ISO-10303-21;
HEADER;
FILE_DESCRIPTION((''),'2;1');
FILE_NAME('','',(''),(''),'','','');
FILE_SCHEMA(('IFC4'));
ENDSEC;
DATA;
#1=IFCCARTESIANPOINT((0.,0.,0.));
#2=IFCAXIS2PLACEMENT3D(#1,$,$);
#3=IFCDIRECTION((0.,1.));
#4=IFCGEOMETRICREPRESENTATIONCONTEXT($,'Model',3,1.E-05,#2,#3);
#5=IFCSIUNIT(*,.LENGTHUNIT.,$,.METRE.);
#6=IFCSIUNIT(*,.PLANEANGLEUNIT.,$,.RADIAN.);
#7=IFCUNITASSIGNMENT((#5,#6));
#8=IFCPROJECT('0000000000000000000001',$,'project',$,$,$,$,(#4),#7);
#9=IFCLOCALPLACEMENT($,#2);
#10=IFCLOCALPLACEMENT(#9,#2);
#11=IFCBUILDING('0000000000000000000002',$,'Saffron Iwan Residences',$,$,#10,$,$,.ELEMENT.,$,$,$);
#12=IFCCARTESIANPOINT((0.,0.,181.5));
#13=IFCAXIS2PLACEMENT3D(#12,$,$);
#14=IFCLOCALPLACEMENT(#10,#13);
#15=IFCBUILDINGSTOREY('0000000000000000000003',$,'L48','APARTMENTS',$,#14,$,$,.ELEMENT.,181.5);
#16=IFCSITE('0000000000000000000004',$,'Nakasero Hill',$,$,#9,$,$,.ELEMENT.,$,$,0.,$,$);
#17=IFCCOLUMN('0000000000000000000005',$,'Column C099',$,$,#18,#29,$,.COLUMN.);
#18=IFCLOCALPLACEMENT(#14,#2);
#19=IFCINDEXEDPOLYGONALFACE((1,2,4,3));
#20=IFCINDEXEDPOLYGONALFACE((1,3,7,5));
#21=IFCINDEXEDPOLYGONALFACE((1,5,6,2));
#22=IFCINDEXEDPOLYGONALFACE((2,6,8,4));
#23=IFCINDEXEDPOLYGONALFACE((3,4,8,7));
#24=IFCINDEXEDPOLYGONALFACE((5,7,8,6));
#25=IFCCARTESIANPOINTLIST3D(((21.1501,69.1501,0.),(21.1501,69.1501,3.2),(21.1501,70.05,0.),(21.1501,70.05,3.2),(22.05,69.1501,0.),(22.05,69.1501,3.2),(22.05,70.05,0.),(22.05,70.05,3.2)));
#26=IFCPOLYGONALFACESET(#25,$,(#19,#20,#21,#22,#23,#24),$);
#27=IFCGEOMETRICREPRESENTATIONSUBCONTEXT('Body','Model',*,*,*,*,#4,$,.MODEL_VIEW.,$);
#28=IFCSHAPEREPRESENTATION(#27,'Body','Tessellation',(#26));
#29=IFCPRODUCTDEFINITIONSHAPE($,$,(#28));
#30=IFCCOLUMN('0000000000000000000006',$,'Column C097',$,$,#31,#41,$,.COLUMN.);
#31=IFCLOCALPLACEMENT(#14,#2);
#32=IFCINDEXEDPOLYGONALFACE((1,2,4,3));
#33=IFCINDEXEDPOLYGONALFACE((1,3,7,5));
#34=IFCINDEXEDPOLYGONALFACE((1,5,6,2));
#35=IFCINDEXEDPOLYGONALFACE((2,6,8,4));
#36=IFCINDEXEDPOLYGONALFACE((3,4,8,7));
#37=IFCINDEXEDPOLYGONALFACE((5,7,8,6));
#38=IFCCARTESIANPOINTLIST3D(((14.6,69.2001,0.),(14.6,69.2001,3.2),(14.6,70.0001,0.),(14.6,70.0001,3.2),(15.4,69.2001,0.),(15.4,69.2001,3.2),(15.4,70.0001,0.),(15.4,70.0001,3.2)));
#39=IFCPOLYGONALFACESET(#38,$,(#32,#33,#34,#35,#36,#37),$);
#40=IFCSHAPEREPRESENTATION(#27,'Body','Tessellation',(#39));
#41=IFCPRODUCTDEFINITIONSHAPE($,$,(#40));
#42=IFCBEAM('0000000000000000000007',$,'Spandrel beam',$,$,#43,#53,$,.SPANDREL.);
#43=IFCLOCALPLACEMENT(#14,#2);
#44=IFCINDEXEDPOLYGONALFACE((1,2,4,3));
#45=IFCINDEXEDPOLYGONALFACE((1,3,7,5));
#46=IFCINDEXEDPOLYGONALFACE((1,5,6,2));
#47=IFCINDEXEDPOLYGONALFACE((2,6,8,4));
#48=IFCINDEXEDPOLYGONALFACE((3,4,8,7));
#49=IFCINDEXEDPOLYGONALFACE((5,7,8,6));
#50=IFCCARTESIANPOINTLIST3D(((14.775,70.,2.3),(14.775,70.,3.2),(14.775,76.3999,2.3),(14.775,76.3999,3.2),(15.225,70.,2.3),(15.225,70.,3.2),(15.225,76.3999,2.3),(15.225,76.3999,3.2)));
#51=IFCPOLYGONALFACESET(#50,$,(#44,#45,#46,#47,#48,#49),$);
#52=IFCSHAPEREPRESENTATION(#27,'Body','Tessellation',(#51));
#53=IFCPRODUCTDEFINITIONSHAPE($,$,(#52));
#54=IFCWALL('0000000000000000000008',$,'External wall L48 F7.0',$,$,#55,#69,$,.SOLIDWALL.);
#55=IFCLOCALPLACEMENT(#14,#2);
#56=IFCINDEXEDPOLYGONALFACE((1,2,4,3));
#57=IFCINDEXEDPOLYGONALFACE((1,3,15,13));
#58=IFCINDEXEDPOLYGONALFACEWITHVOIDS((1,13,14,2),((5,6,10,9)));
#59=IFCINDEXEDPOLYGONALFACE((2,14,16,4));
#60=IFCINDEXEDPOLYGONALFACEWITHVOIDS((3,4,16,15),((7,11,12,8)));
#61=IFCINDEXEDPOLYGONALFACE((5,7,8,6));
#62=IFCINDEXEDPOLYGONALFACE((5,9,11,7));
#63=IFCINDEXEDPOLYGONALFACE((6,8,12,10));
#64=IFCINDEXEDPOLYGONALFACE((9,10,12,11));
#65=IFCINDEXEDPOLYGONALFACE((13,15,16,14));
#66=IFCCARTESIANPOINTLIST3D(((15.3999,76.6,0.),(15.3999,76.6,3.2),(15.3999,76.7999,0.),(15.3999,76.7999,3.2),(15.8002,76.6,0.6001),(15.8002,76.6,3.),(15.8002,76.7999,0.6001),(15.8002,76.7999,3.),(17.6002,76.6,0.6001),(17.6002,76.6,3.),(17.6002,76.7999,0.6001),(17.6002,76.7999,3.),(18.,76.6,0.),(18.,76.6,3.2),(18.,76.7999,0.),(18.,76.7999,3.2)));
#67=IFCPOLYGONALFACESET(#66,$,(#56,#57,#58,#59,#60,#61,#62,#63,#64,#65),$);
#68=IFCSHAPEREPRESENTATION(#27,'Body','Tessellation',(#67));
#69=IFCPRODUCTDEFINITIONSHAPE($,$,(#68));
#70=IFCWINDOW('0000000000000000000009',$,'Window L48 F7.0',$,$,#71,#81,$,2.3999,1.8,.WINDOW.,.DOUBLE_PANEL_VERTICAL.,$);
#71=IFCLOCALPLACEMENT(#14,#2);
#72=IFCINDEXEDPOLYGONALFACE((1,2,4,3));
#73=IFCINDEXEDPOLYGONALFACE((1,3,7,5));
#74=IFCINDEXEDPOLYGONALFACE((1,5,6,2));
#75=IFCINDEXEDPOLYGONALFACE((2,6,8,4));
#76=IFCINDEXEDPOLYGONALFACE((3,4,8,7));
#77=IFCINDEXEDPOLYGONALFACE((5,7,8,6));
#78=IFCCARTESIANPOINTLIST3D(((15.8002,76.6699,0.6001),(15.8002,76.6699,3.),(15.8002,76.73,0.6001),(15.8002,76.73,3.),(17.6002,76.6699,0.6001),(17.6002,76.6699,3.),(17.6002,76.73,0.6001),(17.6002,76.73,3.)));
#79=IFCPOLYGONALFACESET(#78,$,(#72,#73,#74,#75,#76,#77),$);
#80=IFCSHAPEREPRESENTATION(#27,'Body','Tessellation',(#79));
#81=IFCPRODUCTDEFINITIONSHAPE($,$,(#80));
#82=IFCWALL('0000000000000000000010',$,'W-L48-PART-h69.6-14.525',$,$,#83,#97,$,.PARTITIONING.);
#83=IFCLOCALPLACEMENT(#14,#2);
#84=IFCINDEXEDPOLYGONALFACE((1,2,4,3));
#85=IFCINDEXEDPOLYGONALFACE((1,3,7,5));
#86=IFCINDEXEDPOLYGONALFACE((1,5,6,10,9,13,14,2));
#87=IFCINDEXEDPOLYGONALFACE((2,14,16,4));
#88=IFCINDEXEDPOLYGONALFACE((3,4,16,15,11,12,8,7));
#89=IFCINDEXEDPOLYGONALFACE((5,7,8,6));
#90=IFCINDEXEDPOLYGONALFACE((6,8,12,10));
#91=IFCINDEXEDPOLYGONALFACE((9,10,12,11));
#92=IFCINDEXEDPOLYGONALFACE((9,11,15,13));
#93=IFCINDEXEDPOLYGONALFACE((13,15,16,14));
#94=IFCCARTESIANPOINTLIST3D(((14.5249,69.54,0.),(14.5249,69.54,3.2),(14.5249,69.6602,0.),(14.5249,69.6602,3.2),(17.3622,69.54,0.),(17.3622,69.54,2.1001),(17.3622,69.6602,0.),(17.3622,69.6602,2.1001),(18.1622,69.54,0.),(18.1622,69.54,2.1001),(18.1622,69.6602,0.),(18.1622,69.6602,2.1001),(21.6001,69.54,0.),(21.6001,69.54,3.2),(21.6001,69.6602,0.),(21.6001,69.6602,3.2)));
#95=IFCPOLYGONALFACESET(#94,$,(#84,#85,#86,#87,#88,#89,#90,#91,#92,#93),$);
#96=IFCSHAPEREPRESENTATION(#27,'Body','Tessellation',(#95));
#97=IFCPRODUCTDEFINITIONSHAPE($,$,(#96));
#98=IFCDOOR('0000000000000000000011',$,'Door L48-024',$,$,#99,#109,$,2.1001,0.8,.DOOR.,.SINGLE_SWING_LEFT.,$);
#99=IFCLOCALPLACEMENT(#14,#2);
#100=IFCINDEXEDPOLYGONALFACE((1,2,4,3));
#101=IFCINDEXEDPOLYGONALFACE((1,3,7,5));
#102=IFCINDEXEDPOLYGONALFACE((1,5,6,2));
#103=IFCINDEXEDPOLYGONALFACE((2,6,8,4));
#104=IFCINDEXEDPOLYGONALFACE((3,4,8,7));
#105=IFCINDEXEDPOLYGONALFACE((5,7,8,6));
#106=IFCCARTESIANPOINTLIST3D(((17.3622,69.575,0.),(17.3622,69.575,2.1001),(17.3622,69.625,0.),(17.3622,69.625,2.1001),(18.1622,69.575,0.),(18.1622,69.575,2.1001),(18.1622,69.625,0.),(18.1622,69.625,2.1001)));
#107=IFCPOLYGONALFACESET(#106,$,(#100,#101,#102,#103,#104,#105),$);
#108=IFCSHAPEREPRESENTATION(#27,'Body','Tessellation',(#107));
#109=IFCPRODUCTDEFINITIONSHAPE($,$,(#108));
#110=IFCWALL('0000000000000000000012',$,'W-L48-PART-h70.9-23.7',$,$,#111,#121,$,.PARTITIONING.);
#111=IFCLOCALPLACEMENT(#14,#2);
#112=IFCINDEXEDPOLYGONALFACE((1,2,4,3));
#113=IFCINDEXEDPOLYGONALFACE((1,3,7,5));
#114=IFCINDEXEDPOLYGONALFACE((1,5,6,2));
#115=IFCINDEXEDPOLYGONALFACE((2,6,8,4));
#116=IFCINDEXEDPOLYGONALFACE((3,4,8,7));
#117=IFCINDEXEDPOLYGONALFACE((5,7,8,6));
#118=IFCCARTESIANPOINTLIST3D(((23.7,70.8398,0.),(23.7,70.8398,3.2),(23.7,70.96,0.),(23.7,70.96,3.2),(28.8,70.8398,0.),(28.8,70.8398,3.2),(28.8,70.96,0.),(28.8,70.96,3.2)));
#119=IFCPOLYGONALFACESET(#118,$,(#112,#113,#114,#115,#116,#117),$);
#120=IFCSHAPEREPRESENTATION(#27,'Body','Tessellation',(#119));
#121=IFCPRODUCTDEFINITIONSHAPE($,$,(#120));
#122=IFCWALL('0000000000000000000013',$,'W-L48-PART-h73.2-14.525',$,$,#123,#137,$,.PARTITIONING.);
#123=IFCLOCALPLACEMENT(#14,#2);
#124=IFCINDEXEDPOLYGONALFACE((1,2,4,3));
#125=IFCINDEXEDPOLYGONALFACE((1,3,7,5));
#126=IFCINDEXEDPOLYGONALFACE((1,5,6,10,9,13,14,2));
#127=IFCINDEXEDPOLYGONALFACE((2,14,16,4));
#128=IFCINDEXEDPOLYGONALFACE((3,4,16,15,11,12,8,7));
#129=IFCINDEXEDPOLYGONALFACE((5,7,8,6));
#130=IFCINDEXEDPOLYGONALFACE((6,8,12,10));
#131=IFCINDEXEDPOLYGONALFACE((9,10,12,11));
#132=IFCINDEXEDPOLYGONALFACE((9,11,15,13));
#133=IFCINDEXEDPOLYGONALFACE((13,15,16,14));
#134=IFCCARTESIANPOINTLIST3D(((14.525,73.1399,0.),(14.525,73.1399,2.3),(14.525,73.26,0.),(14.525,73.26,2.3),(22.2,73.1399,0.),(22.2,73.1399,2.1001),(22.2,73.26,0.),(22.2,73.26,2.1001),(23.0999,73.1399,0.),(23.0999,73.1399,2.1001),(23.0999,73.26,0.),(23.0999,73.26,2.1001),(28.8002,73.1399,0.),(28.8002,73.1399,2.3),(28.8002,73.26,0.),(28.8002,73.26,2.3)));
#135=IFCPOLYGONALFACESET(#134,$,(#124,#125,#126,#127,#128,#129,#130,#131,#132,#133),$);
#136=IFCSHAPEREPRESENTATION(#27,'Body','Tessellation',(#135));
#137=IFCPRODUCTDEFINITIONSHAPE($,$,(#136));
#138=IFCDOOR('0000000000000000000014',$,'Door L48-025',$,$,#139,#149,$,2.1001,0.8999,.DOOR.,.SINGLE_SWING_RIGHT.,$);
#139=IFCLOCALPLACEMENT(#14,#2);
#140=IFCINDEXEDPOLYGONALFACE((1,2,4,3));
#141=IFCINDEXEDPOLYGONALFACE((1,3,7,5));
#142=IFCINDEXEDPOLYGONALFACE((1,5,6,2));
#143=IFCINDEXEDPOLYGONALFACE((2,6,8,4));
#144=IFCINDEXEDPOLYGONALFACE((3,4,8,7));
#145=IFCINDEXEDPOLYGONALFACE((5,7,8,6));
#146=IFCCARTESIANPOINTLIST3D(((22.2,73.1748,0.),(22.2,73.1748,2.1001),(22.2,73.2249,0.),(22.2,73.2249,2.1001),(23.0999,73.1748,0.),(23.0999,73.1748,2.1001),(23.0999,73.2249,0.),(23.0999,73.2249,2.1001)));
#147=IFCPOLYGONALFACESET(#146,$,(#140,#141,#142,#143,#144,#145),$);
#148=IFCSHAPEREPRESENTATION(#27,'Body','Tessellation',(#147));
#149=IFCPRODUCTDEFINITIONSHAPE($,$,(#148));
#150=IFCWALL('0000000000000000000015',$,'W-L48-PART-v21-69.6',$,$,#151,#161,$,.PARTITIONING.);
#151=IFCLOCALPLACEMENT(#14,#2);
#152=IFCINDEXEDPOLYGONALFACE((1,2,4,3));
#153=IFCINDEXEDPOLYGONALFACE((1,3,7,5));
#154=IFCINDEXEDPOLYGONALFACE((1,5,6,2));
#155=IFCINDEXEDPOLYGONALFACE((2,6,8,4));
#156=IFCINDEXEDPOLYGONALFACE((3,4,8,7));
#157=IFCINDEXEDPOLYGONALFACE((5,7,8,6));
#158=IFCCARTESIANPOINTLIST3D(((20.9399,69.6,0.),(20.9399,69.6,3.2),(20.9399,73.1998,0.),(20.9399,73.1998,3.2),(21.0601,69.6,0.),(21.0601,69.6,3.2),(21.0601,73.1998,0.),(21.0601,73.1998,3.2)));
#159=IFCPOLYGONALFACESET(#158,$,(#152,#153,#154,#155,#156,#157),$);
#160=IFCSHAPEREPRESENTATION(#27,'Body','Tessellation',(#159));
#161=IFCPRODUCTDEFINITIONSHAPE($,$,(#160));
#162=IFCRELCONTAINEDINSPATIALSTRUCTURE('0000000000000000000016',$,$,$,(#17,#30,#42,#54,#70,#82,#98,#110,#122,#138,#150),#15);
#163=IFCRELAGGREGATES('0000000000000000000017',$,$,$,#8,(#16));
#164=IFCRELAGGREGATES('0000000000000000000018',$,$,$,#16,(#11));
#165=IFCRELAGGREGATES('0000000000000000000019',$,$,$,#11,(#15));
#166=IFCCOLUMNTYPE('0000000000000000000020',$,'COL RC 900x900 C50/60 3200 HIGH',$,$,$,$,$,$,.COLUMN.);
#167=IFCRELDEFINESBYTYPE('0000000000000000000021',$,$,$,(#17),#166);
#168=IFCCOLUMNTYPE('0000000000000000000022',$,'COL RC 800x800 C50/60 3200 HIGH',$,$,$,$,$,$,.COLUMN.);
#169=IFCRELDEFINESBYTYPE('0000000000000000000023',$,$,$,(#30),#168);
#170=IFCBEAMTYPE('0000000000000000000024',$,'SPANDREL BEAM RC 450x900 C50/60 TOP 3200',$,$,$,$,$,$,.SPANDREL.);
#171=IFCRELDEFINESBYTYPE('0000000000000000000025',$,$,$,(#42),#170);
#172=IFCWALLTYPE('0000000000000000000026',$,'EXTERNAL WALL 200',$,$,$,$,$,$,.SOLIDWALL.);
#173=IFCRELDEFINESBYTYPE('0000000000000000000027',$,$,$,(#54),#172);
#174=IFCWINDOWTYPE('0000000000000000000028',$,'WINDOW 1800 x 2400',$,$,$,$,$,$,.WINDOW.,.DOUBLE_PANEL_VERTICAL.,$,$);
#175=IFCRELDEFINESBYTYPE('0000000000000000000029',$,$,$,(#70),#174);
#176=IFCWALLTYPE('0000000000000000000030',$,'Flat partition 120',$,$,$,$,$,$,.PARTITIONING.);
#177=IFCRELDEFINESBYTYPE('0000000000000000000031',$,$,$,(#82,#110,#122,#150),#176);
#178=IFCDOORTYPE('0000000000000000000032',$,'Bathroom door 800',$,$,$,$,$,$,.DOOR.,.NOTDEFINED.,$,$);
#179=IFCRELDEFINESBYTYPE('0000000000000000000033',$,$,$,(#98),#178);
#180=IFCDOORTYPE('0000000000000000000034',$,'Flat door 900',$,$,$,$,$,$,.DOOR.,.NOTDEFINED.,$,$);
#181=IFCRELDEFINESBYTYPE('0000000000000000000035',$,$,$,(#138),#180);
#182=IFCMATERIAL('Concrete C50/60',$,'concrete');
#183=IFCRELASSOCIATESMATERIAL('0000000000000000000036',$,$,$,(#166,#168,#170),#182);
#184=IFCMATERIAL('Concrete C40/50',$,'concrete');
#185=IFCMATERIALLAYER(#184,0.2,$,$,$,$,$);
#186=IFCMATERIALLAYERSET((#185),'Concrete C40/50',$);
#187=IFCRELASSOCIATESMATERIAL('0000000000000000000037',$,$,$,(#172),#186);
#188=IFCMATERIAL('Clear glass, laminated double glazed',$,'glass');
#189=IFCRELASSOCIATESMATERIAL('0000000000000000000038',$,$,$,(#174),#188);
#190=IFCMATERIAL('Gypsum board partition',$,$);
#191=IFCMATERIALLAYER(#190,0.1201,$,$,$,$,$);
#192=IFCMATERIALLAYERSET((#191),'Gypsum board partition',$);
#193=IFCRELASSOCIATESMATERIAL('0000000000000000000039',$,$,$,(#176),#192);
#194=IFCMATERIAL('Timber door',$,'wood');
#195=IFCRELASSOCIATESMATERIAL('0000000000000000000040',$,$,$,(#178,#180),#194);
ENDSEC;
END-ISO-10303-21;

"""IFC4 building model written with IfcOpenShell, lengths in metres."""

from ifc_helpers import new_model, si_unit, direction, frame, frame_2d, origin, origin_2d, place, context, subcontext, project, spatial, rectangle, extrude, source, transform, mapped, material, layer, layer_set, material_profile, profile_set, type_object, element, fill, save


model = new_model("IFC4")

# Units and contexts
model_context = context("Model", 3, precision=1e-05, world=origin(), true_north=direction((0.0, 1.0)))
body_context = subcontext(model_context, "Body", "Model", "MODEL_VIEW")
ifc_project = project(units=[si_unit("LENGTHUNIT", "METRE"), si_unit("PLANEANGLEUNIT", "RADIAN")], contexts=[model_context])

# Site, building, storey
site_placement = place(None, origin())
site = spatial("IfcSite", under=ifc_project, at=site_placement, Name="Nakasero Hill", CompositionType="ELEMENT", RefElevation=0.0)
building_placement = place(site_placement, origin())
building = spatial("IfcBuilding", under=site, at=building_placement, Name="Saffron Iwan Residences", CompositionType="ELEMENT")
storey_placement = place(building_placement, frame((0.0, 0.0, 181.5)))
storey = spatial("IfcBuildingStorey", under=building, at=storey_placement, Name="L48", Description="APARTMENTS", CompositionType="ELEMENT", Elevation=181.5)

# Columns
ifc_material_1 = material(Name="Concrete C50/60", Category="concrete")
ifc_material_profile_1 = material_profile(ifc_material_1, rectangle(XDim=0.8999, YDim=0.8999, at=origin_2d()), Name="RC 900x900")
ifc_profile_set_1 = profile_set([ifc_material_profile_1], Name="Concrete C50/60")
column_type_1 = type_object("IfcColumnType", Name="COL RC 900x900 C50/60 3200 HIGH", PredefinedType="COLUMN", material=ifc_profile_set_1)
shared_shape_1 = source(origin(), body_context, "Body", "SweptSolid", [
    extrude(rectangle(XDim=0.8999, YDim=0.8999, at=origin_2d()), origin(), (0.0, 0.0, 1.0), 3.2),
])
column_1_placement = place(storey_placement, frame((21.6001, 69.6001, 0.0), z_axis=(0.0, 0.0, 1.0), x_axis=(1.0, 0.0, 0.0)))
element("IfcColumn", 1, at=column_1_placement, inside=storey, type_object=column_type_1, Name="Column C099", PredefinedType="COLUMN", context=body_context, shape_type="MappedRepresentation", body=[
    mapped(shared_shape_1, transform((0.0, 0.0, 0.0))),
])
ifc_material_profile_2 = material_profile(ifc_material_1, rectangle(XDim=0.8, YDim=0.8, at=origin_2d()), Name="RC 800x800")
ifc_profile_set_2 = profile_set([ifc_material_profile_2], Name="Concrete C50/60")
column_type_2 = type_object("IfcColumnType", Name="COL RC 800x800 C50/60 3200 HIGH", PredefinedType="COLUMN", material=ifc_profile_set_2)
shared_shape_2 = source(origin(), body_context, "Body", "SweptSolid", [
    extrude(rectangle(XDim=0.8, YDim=0.8, at=origin_2d()), origin(), (0.0, 0.0, 1.0), 3.2),
])
column_2_placement = place(storey_placement, frame((15.0, 69.6001, 0.0), z_axis=(0.0, 0.0, 1.0), x_axis=(1.0, 0.0, 0.0)))
element("IfcColumn", 2, at=column_2_placement, inside=storey, type_object=column_type_2, Name="Column C097", PredefinedType="COLUMN", context=body_context, shape_type="MappedRepresentation", body=[
    mapped(shared_shape_2, transform((0.0, 0.0, 0.0))),
])

# Beam
ifc_material_profile_3 = material_profile(ifc_material_1, rectangle(XDim=0.45, YDim=0.8999, at=origin_2d()), Name="RC 450x900")
ifc_profile_set_3 = profile_set([ifc_material_profile_3], Name="Concrete C50/60")
beam_type = type_object("IfcBeamType", Name="SPANDREL BEAM RC 450x900 C50/60 TOP 3200", PredefinedType="SPANDREL", material=ifc_profile_set_3)
shared_shape_3 = source(origin(), body_context, "Body", "SweptSolid", [
    extrude(rectangle(XDim=0.45, YDim=0.8999, at=origin_2d()), origin(), (0.0, 0.0, 1.0), 6.3999),
])
beam_placement = place(storey_placement, frame((15.0, 70.0, 2.75), z_axis=(0.0, 1.0, 0.0), x_axis=(-1.0, 0.0, 0.0)))
element("IfcBeam", 3, at=beam_placement, inside=storey, type_object=beam_type, Name="Spandrel beam", PredefinedType="SPANDREL", context=body_context, shape_type="MappedRepresentation", body=[
    mapped(shared_shape_3, transform((0.0, 0.0, 0.0))),
])

# Wall, opening, window
ifc_material_2 = material(Name="Concrete C40/50", Category="concrete")
ifc_layer_1 = layer(ifc_material_2, 0.2)
ifc_layer_set_1 = layer_set([ifc_layer_1], Name="Concrete C40/50")
wall_type_1 = type_object("IfcWallType", Name="EXTERNAL WALL 200", PredefinedType="SOLIDWALL", material=ifc_layer_set_1)
wall_1_placement = place(storey_placement, frame((18.0, 76.7, 0.0), z_axis=(0.0, 0.0, 1.0), x_axis=(-1.0, 0.0, 0.0)))
wall_1 = element("IfcWall", 4, at=wall_1_placement, inside=storey, type_object=wall_type_1, Name="External wall L48 F7.0", PredefinedType="SOLIDWALL", context=body_context, shape_type="SweptSolid", body=[
    extrude(rectangle(XDim=2.6001, YDim=0.2, at=frame_2d((1.3, 0.0))), origin(), (0.0, 0.0, 1.0), 3.2),
])
opening_1_placement = place(wall_1_placement, frame((0.3999, 0.0, 0.6001)))
opening_1 = element("IfcOpeningElement", 5, at=opening_1_placement, cuts=wall_1, PredefinedType="OPENING", context=body_context, shape_type="SweptSolid", body=[
    extrude(rectangle(XDim=1.8, YDim=2.3999, at=frame_2d((0.8999, 1.2))), frame((0.0, 0.1099, 0.0), z_axis=(0.0, -1.0, 0.0), x_axis=(1.0, 0.0, 0.0)), (0.0, 0.0, 1.0), 0.22),
])
ifc_material_3 = material(Name="Clear glass, laminated double glazed", Category="glass")
window_type_1 = type_object("IfcWindowType", Name="WINDOW 1800 x 2400", PartitioningType="DOUBLE_PANEL_VERTICAL", PredefinedType="WINDOW", material=ifc_material_3)
window_1_placement = place(opening_1_placement, origin())
window_1 = element("IfcWindow", 6, at=window_1_placement, inside=storey, type_object=window_type_1, Name="Window L48 F7.0", OverallHeight=2.3999, OverallWidth=1.8, PartitioningType="DOUBLE_PANEL_VERTICAL", PredefinedType="WINDOW", context=body_context, shape_type="SweptSolid", body=[
    extrude(rectangle(XDim=1.8, YDim=2.3999, at=frame_2d((0.8999, 1.2))), frame((0.0, 0.03, 0.0), z_axis=(0.0, -1.0, 0.0), x_axis=(1.0, 0.0, 0.0)), (0.0, 0.0, 1.0), 0.0601),
])
fill(opening_1, window_1)

# Wall, opening, door
ifc_material_4 = material(Name="Gypsum board partition")
ifc_layer_2 = layer(ifc_material_4, 0.1201)
ifc_layer_set_2 = layer_set([ifc_layer_2], Name="Gypsum board partition")
wall_type_2 = type_object("IfcWallType", Name="Flat partition 120", PredefinedType="PARTITIONING", material=ifc_layer_set_2)
wall_2_placement = place(storey_placement, frame((14.5249, 69.6001, 0.0), z_axis=(0.0, 0.0, 1.0), x_axis=(1.0, 0.0, 0.0)))
wall_2 = element("IfcWall", 7, at=wall_2_placement, inside=storey, type_object=wall_type_2, Name="W-L48-PART-h69.6-14.525", PredefinedType="PARTITIONING", context=body_context, shape_type="SweptSolid", body=[
    extrude(rectangle(XDim=7.0752, YDim=0.1201, at=frame_2d((3.5376, 0.0))), origin(), (0.0, 0.0, 1.0), 3.2),
])
opening_2_placement = place(wall_2_placement, frame((2.8374, 0.0, 0.0)))
opening_2 = element("IfcOpeningElement", 8, at=opening_2_placement, cuts=wall_2, PredefinedType="OPENING", context=body_context, shape_type="SweptSolid", body=[
    extrude(rectangle(XDim=0.8, YDim=2.1001, at=frame_2d((0.3999, 1.05))), frame((0.0, 0.0701, 0.0), z_axis=(0.0, -1.0, 0.0), x_axis=(1.0, 0.0, 0.0)), (0.0, 0.0, 1.0), 0.1401),
])
ifc_material_5 = material(Name="Timber door", Category="wood")
door_type_1 = type_object("IfcDoorType", Name="Bathroom door 800", OperationType="NOTDEFINED", PredefinedType="DOOR", material=ifc_material_5)
door_1_placement = place(opening_2_placement, origin())
door_1 = element("IfcDoor", 9, at=door_1_placement, inside=storey, type_object=door_type_1, Name="Door L48-024", OperationType="SINGLE_SWING_LEFT", OverallHeight=2.1001, OverallWidth=0.8, PredefinedType="DOOR", context=body_context, shape_type="SweptSolid", body=[
    extrude(rectangle(XDim=0.8, YDim=2.1001, at=frame_2d((0.3999, 1.05))), frame((0.0, 0.0249, 0.0), z_axis=(0.0, -1.0, 0.0), x_axis=(1.0, 0.0, 0.0)), (0.0, 0.0, 1.0), 0.05),
])
fill(opening_2, door_1)

# Wall
wall_3_placement = place(storey_placement, frame((23.7, 70.8999, 0.0), z_axis=(0.0, 0.0, 1.0), x_axis=(1.0, 0.0, 0.0)))
element("IfcWall", 10, at=wall_3_placement, inside=storey, type_object=wall_type_2, Name="W-L48-PART-h70.9-23.7", PredefinedType="PARTITIONING", context=body_context, shape_type="SweptSolid", body=[
    extrude(rectangle(XDim=5.1001, YDim=0.1201, at=frame_2d((2.55, 0.0))), origin(), (0.0, 0.0, 1.0), 3.2),
])

# Wall, opening, door
wall_4_placement = place(storey_placement, frame((14.5249, 73.2, 0.0), z_axis=(0.0, 0.0, 1.0), x_axis=(1.0, 0.0, 0.0)))
wall_4 = element("IfcWall", 11, at=wall_4_placement, inside=storey, type_object=wall_type_2, Name="W-L48-PART-h73.2-14.525", PredefinedType="PARTITIONING", context=body_context, shape_type="SweptSolid", body=[
    extrude(rectangle(XDim=14.2751, YDim=0.1201, at=frame_2d((7.1377, 0.0))), origin(), (0.0, 0.0, 1.0), 2.3),
])
opening_3_placement = place(wall_4_placement, frame((7.675, 0.0, 0.0)))
opening_3 = element("IfcOpeningElement", 12, at=opening_3_placement, cuts=wall_4, PredefinedType="OPENING", context=body_context, shape_type="SweptSolid", body=[
    extrude(rectangle(XDim=0.8999, YDim=2.1001, at=frame_2d((0.45, 1.05))), frame((0.0, 0.0701, 0.0), z_axis=(0.0, -1.0, 0.0), x_axis=(1.0, 0.0, 0.0)), (0.0, 0.0, 1.0), 0.1401),
])
door_type_2 = type_object("IfcDoorType", Name="Flat door 900", OperationType="NOTDEFINED", PredefinedType="DOOR", material=ifc_material_5)
door_2_placement = place(opening_3_placement, origin())
door_2 = element("IfcDoor", 13, at=door_2_placement, inside=storey, type_object=door_type_2, Name="Door L48-025", OperationType="SINGLE_SWING_RIGHT", OverallHeight=2.1001, OverallWidth=0.8999, PredefinedType="DOOR", context=body_context, shape_type="SweptSolid", body=[
    extrude(rectangle(XDim=0.8999, YDim=2.1001, at=frame_2d((0.45, 1.05))), frame((0.0, 0.0249, 0.0), z_axis=(0.0, -1.0, 0.0), x_axis=(1.0, 0.0, 0.0)), (0.0, 0.0, 1.0), 0.05),
])
fill(opening_3, door_2)

# Wall
wall_5_placement = place(storey_placement, frame((21.0, 69.6001, 0.0), z_axis=(0.0, 0.0, 1.0), x_axis=(0.0, 1.0, 0.0)))
element("IfcWall", 14, at=wall_5_placement, inside=storey, type_object=wall_type_2, Name="W-L48-PART-v21-69.6", PredefinedType="PARTITIONING", context=body_context, shape_type="SweptSolid", body=[
    extrude(rectangle(XDim=3.5999, YDim=0.1201, at=frame_2d((1.7998, 0.0))), origin(), (0.0, 0.0, 1.0), 3.2),
])

save(model, "model.ifc")
